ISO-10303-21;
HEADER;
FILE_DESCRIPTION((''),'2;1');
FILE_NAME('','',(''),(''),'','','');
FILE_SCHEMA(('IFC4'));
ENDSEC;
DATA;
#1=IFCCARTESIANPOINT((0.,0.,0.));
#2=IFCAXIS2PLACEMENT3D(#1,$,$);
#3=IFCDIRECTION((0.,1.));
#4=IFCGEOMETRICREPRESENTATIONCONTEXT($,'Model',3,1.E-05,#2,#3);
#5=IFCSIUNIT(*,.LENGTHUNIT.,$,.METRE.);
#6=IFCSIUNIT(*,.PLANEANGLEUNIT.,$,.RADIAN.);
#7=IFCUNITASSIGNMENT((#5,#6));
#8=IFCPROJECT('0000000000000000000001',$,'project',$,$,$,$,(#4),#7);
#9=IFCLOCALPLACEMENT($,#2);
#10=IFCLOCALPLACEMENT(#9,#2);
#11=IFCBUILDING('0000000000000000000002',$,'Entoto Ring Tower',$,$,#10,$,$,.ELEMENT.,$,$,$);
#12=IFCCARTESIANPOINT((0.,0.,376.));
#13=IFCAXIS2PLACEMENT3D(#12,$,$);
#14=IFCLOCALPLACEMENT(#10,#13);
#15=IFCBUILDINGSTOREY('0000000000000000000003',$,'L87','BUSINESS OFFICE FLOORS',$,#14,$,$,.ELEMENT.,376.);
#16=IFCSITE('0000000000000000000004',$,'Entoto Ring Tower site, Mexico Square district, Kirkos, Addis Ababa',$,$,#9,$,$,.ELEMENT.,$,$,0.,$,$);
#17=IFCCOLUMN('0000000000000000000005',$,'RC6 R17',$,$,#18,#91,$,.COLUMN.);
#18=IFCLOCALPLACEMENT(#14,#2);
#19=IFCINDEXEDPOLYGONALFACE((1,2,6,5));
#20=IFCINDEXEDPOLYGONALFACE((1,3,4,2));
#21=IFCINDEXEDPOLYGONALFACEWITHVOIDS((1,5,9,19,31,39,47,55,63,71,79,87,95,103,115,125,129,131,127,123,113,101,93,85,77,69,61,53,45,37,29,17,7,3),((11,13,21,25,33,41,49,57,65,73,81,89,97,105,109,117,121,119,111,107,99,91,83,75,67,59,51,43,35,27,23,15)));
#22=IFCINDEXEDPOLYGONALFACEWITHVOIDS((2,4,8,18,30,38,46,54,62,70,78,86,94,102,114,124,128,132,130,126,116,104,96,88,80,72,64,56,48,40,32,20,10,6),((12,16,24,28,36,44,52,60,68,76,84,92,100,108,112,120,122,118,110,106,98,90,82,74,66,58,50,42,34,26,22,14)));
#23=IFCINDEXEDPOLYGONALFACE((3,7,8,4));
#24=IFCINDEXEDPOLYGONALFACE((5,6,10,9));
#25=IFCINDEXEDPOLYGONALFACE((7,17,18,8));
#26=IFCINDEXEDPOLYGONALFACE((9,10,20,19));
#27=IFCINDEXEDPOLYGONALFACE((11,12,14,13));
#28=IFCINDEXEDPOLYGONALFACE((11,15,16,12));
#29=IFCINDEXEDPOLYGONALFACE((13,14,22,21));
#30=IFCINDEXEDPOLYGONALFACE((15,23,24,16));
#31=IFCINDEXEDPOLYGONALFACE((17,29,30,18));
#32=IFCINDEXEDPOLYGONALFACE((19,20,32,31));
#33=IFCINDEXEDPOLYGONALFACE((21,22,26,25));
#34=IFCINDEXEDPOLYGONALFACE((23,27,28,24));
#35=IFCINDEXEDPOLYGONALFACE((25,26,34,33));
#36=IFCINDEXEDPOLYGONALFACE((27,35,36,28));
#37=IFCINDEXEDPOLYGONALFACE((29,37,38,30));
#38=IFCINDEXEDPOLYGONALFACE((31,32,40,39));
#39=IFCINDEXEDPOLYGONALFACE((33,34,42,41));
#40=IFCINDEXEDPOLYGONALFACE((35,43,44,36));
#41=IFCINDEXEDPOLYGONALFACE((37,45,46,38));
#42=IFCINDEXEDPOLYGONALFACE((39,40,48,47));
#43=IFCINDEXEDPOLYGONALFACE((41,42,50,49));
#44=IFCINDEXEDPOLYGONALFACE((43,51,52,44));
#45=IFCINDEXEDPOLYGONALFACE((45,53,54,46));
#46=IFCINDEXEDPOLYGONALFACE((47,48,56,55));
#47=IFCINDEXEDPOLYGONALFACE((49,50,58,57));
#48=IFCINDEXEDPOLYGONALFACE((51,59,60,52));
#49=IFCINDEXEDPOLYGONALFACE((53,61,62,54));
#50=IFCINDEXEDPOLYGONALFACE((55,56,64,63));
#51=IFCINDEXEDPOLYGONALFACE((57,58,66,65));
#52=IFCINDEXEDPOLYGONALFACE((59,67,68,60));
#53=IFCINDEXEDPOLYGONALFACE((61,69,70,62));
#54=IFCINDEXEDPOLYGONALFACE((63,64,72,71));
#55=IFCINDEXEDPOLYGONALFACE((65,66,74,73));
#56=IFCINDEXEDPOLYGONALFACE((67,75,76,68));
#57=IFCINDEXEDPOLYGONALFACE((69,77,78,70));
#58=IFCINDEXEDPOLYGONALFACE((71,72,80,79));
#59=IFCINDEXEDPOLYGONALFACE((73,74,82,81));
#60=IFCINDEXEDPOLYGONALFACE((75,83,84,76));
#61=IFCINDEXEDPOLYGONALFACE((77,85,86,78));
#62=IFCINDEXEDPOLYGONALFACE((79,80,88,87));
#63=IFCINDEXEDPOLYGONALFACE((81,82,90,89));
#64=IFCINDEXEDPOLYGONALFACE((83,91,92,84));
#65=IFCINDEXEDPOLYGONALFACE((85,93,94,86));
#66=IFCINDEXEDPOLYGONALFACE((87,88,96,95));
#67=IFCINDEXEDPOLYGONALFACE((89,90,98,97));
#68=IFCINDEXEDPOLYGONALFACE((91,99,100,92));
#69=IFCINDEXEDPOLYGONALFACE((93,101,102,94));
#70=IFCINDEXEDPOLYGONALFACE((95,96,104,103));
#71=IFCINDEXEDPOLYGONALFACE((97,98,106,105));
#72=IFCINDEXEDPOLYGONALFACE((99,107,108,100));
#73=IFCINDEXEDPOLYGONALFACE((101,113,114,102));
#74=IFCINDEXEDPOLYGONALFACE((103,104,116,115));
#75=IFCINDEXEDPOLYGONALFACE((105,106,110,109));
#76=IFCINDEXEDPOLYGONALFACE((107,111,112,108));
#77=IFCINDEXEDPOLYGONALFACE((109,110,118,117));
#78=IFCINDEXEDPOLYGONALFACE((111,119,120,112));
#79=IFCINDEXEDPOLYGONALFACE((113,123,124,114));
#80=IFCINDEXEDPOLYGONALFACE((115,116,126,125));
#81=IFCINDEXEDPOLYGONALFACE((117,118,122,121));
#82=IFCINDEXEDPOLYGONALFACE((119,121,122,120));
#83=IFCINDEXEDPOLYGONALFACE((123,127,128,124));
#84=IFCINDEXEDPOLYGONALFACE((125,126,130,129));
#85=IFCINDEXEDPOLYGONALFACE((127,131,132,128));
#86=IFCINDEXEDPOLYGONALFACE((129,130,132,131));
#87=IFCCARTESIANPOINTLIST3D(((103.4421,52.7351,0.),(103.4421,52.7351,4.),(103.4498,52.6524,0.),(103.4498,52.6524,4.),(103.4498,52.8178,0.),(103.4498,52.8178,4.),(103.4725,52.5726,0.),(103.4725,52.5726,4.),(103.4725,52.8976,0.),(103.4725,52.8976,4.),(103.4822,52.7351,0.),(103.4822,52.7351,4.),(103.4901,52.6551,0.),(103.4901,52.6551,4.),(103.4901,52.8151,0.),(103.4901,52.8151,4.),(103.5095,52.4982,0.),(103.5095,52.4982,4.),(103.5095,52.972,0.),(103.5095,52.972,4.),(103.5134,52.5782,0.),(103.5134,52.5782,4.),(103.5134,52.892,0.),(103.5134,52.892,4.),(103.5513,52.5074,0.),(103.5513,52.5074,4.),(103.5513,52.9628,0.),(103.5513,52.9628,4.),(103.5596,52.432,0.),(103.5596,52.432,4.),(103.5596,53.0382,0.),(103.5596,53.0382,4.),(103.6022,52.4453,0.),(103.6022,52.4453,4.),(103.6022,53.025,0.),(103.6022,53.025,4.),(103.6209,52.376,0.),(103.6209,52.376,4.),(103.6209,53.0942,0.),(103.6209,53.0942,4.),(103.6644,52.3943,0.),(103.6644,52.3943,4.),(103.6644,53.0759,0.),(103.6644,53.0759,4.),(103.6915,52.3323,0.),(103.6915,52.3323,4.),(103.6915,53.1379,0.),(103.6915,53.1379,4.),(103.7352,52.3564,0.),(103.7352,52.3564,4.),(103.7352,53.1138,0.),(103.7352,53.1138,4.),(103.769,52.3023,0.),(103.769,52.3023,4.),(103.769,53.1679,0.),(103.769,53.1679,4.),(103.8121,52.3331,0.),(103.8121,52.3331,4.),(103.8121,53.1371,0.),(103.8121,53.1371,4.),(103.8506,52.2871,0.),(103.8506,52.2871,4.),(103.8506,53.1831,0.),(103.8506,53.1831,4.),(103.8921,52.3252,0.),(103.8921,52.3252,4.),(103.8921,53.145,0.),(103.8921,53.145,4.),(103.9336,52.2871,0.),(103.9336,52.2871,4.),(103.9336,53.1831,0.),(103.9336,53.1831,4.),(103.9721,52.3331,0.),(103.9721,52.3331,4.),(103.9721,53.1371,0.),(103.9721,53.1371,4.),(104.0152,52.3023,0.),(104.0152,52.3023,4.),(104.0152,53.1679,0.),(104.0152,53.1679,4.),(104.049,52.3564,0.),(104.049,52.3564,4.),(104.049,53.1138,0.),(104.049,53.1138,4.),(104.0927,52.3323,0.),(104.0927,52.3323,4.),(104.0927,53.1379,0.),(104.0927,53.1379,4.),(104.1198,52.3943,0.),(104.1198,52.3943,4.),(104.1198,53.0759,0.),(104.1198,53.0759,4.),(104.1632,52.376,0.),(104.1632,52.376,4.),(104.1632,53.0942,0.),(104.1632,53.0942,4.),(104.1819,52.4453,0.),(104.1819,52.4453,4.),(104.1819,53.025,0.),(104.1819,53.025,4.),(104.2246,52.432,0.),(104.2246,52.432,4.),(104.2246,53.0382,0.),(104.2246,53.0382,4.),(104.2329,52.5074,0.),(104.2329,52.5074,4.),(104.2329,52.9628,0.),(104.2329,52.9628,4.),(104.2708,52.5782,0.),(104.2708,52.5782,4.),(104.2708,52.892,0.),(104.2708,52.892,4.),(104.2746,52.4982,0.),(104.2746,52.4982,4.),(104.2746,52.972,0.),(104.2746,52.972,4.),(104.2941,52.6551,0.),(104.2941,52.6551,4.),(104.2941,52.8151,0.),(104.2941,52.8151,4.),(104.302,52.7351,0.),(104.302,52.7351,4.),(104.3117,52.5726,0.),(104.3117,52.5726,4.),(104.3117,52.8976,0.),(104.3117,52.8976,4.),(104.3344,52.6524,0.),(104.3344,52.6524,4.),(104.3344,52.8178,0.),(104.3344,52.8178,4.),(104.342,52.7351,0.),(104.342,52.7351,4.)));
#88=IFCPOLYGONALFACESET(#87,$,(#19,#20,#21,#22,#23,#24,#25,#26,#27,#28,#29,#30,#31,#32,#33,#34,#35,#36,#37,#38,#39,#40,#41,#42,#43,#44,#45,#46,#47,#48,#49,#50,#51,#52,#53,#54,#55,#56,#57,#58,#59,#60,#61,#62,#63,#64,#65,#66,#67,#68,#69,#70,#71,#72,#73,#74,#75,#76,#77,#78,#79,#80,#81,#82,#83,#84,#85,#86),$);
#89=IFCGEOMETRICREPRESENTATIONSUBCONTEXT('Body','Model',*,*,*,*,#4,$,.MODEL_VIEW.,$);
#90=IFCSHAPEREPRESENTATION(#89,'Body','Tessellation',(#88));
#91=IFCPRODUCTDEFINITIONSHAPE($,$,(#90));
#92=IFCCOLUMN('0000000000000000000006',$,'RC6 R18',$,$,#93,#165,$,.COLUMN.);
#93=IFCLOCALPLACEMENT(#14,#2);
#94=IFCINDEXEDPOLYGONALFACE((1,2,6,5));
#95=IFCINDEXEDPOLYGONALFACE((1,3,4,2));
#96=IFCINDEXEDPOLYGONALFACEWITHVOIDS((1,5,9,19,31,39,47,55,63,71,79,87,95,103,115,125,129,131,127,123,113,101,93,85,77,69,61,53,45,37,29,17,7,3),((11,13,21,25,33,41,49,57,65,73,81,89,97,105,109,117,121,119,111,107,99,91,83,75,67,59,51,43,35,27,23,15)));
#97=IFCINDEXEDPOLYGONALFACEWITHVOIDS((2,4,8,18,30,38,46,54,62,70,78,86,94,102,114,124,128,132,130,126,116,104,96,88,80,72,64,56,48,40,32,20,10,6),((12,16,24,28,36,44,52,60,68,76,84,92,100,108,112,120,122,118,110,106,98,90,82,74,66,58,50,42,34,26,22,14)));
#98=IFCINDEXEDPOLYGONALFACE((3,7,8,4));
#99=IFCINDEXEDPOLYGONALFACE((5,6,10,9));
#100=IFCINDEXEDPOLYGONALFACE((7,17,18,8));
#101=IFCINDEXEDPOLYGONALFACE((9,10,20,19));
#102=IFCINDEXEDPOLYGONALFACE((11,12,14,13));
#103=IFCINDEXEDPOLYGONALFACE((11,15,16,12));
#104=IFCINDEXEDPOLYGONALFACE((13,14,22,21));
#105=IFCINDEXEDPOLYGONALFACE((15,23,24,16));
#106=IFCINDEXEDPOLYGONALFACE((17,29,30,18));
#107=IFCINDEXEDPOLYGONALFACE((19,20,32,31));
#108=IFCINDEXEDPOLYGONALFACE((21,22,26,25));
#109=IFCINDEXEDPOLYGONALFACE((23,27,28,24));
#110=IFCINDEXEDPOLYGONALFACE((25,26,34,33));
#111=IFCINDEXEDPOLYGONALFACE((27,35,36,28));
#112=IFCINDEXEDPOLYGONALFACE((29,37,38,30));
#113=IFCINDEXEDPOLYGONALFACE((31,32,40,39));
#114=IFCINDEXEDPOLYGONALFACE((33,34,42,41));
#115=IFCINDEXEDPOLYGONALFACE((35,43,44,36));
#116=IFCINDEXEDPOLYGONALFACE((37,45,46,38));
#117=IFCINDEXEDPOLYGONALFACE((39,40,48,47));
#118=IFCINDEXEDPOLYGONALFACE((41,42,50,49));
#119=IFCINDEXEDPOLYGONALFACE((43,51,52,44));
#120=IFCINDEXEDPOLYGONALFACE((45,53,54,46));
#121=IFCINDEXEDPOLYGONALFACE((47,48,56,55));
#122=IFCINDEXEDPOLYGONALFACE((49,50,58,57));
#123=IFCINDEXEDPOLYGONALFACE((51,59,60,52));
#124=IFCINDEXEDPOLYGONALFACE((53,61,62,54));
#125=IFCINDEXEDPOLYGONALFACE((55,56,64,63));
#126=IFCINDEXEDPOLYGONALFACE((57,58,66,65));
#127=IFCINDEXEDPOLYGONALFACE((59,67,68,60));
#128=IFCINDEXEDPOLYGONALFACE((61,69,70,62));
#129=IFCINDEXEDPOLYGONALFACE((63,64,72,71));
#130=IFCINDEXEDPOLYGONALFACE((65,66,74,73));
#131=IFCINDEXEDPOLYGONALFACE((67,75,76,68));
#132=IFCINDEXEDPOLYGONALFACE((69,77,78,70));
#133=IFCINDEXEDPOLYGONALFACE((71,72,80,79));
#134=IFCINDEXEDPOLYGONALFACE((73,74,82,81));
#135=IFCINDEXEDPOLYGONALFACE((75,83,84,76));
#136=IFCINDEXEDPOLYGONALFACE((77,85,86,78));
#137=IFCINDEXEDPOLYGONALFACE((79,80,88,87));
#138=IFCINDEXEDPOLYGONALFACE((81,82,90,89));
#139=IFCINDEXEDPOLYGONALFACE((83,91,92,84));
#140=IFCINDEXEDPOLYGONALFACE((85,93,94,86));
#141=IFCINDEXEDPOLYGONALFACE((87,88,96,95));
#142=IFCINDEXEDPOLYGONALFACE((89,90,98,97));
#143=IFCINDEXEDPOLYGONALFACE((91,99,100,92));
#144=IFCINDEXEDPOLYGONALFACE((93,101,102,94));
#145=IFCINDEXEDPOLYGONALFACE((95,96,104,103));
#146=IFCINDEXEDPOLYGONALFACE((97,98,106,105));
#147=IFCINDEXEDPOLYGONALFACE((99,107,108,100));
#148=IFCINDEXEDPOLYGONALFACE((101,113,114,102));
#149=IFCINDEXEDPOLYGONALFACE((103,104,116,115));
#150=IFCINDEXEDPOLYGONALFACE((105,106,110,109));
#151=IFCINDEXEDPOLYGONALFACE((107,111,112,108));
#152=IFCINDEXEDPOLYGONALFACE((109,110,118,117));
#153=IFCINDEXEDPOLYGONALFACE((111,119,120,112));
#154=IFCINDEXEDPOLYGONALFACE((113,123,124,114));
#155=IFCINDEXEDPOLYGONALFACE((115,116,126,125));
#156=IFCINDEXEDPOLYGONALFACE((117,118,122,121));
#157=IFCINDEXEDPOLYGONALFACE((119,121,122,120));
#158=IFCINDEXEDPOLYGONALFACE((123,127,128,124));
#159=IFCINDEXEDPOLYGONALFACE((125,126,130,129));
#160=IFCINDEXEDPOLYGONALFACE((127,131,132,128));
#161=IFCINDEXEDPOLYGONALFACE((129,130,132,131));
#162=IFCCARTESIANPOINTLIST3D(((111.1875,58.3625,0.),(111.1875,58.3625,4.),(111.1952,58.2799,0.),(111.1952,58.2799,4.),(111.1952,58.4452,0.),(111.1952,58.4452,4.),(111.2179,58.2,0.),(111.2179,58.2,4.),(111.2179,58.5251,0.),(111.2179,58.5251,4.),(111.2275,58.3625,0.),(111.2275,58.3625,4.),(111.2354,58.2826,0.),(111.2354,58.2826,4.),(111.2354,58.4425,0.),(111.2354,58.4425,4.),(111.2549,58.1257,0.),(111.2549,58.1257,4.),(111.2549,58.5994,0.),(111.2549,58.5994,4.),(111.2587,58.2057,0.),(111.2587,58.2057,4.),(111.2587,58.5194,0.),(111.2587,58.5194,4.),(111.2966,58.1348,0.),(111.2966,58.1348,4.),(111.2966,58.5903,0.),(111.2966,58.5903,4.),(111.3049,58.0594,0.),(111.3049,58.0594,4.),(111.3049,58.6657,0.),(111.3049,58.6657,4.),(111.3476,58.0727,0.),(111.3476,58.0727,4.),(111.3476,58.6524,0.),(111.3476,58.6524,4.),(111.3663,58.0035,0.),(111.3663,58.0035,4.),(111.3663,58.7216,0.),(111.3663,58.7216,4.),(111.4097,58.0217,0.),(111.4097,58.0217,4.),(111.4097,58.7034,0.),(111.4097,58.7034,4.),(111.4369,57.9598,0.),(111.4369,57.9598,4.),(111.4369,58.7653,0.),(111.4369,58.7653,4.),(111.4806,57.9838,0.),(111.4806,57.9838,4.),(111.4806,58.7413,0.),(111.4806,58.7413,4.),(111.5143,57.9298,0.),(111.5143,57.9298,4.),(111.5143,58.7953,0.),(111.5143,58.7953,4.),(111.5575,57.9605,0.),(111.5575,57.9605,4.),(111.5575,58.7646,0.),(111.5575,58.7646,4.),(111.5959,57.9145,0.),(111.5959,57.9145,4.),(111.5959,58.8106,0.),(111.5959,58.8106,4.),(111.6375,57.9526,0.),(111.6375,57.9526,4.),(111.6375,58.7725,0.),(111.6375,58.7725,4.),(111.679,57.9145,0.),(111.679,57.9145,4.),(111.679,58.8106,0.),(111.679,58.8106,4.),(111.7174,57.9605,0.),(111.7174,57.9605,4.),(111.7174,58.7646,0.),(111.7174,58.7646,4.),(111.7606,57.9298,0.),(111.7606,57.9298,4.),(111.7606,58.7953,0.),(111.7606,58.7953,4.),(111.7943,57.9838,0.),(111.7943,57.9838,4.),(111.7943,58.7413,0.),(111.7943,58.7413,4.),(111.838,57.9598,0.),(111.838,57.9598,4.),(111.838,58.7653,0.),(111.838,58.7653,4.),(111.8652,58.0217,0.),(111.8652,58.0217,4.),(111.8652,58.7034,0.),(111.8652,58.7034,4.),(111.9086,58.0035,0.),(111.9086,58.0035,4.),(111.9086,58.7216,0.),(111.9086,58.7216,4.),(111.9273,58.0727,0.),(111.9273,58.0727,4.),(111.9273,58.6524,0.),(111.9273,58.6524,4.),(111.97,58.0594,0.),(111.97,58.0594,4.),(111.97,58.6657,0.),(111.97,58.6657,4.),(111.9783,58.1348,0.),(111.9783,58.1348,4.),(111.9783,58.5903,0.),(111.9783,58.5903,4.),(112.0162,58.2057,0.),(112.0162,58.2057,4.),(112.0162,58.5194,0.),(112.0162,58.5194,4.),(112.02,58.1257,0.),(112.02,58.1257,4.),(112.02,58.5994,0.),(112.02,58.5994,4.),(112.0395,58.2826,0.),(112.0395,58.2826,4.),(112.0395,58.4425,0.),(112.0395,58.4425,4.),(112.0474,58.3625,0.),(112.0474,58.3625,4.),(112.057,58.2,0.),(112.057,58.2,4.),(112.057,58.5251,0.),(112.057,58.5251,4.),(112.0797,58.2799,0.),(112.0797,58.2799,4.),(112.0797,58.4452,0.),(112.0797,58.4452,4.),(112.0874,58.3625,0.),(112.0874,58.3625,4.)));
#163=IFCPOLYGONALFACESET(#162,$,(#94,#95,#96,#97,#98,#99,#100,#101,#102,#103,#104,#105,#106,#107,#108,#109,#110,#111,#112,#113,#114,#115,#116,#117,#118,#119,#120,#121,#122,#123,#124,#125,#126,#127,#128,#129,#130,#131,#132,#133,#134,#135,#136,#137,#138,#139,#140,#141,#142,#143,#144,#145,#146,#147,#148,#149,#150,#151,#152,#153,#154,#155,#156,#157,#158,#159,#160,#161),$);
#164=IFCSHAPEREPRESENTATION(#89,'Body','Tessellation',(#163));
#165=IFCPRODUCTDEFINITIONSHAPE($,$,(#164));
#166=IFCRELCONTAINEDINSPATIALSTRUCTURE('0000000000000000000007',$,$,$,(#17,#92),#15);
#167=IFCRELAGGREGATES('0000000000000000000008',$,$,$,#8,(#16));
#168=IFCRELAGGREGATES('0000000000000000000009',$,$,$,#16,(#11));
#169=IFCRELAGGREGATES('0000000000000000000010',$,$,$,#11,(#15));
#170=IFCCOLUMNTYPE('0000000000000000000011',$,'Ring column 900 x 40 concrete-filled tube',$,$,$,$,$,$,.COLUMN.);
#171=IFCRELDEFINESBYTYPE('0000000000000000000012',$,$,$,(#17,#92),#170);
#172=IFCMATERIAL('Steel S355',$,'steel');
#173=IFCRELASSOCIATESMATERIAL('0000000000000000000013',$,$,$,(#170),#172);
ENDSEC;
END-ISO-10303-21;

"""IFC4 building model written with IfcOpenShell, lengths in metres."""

from ifc_helpers import new_model, si_unit, direction, frame, origin, origin_2d, place, context, subcontext, project, spatial, circle, hollow_circle, extrude, material, material_profile, profile_set, type_object, element, save


model = new_model("IFC4")

# Units and contexts
model_context = context("Model", 3, precision=1e-05, world=origin(), true_north=direction((0.0, 1.0)))
body_context = subcontext(model_context, "Body", "Model", "MODEL_VIEW")
ifc_project = project(units=[si_unit("LENGTHUNIT", "METRE"), si_unit("PLANEANGLEUNIT", "RADIAN")], contexts=[model_context])

# Site, building, storey
site_placement = place(None, origin())
site = spatial("IfcSite", under=ifc_project, at=site_placement, Name="Entoto Ring Tower site, Mexico Square district, Kirkos, Addis Ababa", CompositionType="ELEMENT", RefElevation=0.0)
building_placement = place(site_placement, origin())
building = spatial("IfcBuilding", under=site, at=building_placement, Name="Entoto Ring Tower", CompositionType="ELEMENT")
storey_placement = place(building_placement, frame((0.0, 0.0, 376.0)))
storey = spatial("IfcBuildingStorey", under=building, at=storey_placement, Name="L87", Description="BUSINESS OFFICE FLOORS", CompositionType="ELEMENT", Elevation=376.0)

# Columns
ifc_material_1 = material(Name="Steel S355", Category="steel")
ifc_material_profile_1 = material_profile(ifc_material_1, hollow_circle(Radius=0.45, WallThickness=0.04, at=origin_2d()), Name="CHS 900 x 40")
ifc_material_2 = material(Name="Concrete C60/75", Category="concrete")
ifc_material_profile_2 = material_profile(ifc_material_2, circle(Radius=0.4099, at=origin_2d()), Name="Concrete C60/75 infill")
ifc_profile_set_1 = profile_set([ifc_material_profile_1, ifc_material_profile_2], Name="Steel S355")
column_type = type_object("IfcColumnType", Name="Ring column 900 x 40 concrete-filled tube", PredefinedType="COLUMN", material=ifc_profile_set_1)
for number, where, z_axis, x_axis, name in (
    (1, (103.8921, 52.7351, 0.0), (0.0, 0.0, 1.0), (1.0, 0.0, 0.0), "RC6 R17"),
    (2, (111.6375, 58.3625, 0.0), (0.0, 0.0, 1.0), (1.0, 0.0, 0.0), "RC6 R18"),
):
    element("IfcColumn", number, at=place(storey_placement, frame(where, z_axis=z_axis, x_axis=x_axis)), inside=storey, type_object=column_type, Name=name, PredefinedType="COLUMN", context=body_context, shape_type="SweptSolid", body=[
        extrude(hollow_circle(Radius=0.45, WallThickness=0.04, at=origin_2d()), origin(), (0.0, 0.0, 1.0), 4.0),
    ])

save(model, "model.ifc")
